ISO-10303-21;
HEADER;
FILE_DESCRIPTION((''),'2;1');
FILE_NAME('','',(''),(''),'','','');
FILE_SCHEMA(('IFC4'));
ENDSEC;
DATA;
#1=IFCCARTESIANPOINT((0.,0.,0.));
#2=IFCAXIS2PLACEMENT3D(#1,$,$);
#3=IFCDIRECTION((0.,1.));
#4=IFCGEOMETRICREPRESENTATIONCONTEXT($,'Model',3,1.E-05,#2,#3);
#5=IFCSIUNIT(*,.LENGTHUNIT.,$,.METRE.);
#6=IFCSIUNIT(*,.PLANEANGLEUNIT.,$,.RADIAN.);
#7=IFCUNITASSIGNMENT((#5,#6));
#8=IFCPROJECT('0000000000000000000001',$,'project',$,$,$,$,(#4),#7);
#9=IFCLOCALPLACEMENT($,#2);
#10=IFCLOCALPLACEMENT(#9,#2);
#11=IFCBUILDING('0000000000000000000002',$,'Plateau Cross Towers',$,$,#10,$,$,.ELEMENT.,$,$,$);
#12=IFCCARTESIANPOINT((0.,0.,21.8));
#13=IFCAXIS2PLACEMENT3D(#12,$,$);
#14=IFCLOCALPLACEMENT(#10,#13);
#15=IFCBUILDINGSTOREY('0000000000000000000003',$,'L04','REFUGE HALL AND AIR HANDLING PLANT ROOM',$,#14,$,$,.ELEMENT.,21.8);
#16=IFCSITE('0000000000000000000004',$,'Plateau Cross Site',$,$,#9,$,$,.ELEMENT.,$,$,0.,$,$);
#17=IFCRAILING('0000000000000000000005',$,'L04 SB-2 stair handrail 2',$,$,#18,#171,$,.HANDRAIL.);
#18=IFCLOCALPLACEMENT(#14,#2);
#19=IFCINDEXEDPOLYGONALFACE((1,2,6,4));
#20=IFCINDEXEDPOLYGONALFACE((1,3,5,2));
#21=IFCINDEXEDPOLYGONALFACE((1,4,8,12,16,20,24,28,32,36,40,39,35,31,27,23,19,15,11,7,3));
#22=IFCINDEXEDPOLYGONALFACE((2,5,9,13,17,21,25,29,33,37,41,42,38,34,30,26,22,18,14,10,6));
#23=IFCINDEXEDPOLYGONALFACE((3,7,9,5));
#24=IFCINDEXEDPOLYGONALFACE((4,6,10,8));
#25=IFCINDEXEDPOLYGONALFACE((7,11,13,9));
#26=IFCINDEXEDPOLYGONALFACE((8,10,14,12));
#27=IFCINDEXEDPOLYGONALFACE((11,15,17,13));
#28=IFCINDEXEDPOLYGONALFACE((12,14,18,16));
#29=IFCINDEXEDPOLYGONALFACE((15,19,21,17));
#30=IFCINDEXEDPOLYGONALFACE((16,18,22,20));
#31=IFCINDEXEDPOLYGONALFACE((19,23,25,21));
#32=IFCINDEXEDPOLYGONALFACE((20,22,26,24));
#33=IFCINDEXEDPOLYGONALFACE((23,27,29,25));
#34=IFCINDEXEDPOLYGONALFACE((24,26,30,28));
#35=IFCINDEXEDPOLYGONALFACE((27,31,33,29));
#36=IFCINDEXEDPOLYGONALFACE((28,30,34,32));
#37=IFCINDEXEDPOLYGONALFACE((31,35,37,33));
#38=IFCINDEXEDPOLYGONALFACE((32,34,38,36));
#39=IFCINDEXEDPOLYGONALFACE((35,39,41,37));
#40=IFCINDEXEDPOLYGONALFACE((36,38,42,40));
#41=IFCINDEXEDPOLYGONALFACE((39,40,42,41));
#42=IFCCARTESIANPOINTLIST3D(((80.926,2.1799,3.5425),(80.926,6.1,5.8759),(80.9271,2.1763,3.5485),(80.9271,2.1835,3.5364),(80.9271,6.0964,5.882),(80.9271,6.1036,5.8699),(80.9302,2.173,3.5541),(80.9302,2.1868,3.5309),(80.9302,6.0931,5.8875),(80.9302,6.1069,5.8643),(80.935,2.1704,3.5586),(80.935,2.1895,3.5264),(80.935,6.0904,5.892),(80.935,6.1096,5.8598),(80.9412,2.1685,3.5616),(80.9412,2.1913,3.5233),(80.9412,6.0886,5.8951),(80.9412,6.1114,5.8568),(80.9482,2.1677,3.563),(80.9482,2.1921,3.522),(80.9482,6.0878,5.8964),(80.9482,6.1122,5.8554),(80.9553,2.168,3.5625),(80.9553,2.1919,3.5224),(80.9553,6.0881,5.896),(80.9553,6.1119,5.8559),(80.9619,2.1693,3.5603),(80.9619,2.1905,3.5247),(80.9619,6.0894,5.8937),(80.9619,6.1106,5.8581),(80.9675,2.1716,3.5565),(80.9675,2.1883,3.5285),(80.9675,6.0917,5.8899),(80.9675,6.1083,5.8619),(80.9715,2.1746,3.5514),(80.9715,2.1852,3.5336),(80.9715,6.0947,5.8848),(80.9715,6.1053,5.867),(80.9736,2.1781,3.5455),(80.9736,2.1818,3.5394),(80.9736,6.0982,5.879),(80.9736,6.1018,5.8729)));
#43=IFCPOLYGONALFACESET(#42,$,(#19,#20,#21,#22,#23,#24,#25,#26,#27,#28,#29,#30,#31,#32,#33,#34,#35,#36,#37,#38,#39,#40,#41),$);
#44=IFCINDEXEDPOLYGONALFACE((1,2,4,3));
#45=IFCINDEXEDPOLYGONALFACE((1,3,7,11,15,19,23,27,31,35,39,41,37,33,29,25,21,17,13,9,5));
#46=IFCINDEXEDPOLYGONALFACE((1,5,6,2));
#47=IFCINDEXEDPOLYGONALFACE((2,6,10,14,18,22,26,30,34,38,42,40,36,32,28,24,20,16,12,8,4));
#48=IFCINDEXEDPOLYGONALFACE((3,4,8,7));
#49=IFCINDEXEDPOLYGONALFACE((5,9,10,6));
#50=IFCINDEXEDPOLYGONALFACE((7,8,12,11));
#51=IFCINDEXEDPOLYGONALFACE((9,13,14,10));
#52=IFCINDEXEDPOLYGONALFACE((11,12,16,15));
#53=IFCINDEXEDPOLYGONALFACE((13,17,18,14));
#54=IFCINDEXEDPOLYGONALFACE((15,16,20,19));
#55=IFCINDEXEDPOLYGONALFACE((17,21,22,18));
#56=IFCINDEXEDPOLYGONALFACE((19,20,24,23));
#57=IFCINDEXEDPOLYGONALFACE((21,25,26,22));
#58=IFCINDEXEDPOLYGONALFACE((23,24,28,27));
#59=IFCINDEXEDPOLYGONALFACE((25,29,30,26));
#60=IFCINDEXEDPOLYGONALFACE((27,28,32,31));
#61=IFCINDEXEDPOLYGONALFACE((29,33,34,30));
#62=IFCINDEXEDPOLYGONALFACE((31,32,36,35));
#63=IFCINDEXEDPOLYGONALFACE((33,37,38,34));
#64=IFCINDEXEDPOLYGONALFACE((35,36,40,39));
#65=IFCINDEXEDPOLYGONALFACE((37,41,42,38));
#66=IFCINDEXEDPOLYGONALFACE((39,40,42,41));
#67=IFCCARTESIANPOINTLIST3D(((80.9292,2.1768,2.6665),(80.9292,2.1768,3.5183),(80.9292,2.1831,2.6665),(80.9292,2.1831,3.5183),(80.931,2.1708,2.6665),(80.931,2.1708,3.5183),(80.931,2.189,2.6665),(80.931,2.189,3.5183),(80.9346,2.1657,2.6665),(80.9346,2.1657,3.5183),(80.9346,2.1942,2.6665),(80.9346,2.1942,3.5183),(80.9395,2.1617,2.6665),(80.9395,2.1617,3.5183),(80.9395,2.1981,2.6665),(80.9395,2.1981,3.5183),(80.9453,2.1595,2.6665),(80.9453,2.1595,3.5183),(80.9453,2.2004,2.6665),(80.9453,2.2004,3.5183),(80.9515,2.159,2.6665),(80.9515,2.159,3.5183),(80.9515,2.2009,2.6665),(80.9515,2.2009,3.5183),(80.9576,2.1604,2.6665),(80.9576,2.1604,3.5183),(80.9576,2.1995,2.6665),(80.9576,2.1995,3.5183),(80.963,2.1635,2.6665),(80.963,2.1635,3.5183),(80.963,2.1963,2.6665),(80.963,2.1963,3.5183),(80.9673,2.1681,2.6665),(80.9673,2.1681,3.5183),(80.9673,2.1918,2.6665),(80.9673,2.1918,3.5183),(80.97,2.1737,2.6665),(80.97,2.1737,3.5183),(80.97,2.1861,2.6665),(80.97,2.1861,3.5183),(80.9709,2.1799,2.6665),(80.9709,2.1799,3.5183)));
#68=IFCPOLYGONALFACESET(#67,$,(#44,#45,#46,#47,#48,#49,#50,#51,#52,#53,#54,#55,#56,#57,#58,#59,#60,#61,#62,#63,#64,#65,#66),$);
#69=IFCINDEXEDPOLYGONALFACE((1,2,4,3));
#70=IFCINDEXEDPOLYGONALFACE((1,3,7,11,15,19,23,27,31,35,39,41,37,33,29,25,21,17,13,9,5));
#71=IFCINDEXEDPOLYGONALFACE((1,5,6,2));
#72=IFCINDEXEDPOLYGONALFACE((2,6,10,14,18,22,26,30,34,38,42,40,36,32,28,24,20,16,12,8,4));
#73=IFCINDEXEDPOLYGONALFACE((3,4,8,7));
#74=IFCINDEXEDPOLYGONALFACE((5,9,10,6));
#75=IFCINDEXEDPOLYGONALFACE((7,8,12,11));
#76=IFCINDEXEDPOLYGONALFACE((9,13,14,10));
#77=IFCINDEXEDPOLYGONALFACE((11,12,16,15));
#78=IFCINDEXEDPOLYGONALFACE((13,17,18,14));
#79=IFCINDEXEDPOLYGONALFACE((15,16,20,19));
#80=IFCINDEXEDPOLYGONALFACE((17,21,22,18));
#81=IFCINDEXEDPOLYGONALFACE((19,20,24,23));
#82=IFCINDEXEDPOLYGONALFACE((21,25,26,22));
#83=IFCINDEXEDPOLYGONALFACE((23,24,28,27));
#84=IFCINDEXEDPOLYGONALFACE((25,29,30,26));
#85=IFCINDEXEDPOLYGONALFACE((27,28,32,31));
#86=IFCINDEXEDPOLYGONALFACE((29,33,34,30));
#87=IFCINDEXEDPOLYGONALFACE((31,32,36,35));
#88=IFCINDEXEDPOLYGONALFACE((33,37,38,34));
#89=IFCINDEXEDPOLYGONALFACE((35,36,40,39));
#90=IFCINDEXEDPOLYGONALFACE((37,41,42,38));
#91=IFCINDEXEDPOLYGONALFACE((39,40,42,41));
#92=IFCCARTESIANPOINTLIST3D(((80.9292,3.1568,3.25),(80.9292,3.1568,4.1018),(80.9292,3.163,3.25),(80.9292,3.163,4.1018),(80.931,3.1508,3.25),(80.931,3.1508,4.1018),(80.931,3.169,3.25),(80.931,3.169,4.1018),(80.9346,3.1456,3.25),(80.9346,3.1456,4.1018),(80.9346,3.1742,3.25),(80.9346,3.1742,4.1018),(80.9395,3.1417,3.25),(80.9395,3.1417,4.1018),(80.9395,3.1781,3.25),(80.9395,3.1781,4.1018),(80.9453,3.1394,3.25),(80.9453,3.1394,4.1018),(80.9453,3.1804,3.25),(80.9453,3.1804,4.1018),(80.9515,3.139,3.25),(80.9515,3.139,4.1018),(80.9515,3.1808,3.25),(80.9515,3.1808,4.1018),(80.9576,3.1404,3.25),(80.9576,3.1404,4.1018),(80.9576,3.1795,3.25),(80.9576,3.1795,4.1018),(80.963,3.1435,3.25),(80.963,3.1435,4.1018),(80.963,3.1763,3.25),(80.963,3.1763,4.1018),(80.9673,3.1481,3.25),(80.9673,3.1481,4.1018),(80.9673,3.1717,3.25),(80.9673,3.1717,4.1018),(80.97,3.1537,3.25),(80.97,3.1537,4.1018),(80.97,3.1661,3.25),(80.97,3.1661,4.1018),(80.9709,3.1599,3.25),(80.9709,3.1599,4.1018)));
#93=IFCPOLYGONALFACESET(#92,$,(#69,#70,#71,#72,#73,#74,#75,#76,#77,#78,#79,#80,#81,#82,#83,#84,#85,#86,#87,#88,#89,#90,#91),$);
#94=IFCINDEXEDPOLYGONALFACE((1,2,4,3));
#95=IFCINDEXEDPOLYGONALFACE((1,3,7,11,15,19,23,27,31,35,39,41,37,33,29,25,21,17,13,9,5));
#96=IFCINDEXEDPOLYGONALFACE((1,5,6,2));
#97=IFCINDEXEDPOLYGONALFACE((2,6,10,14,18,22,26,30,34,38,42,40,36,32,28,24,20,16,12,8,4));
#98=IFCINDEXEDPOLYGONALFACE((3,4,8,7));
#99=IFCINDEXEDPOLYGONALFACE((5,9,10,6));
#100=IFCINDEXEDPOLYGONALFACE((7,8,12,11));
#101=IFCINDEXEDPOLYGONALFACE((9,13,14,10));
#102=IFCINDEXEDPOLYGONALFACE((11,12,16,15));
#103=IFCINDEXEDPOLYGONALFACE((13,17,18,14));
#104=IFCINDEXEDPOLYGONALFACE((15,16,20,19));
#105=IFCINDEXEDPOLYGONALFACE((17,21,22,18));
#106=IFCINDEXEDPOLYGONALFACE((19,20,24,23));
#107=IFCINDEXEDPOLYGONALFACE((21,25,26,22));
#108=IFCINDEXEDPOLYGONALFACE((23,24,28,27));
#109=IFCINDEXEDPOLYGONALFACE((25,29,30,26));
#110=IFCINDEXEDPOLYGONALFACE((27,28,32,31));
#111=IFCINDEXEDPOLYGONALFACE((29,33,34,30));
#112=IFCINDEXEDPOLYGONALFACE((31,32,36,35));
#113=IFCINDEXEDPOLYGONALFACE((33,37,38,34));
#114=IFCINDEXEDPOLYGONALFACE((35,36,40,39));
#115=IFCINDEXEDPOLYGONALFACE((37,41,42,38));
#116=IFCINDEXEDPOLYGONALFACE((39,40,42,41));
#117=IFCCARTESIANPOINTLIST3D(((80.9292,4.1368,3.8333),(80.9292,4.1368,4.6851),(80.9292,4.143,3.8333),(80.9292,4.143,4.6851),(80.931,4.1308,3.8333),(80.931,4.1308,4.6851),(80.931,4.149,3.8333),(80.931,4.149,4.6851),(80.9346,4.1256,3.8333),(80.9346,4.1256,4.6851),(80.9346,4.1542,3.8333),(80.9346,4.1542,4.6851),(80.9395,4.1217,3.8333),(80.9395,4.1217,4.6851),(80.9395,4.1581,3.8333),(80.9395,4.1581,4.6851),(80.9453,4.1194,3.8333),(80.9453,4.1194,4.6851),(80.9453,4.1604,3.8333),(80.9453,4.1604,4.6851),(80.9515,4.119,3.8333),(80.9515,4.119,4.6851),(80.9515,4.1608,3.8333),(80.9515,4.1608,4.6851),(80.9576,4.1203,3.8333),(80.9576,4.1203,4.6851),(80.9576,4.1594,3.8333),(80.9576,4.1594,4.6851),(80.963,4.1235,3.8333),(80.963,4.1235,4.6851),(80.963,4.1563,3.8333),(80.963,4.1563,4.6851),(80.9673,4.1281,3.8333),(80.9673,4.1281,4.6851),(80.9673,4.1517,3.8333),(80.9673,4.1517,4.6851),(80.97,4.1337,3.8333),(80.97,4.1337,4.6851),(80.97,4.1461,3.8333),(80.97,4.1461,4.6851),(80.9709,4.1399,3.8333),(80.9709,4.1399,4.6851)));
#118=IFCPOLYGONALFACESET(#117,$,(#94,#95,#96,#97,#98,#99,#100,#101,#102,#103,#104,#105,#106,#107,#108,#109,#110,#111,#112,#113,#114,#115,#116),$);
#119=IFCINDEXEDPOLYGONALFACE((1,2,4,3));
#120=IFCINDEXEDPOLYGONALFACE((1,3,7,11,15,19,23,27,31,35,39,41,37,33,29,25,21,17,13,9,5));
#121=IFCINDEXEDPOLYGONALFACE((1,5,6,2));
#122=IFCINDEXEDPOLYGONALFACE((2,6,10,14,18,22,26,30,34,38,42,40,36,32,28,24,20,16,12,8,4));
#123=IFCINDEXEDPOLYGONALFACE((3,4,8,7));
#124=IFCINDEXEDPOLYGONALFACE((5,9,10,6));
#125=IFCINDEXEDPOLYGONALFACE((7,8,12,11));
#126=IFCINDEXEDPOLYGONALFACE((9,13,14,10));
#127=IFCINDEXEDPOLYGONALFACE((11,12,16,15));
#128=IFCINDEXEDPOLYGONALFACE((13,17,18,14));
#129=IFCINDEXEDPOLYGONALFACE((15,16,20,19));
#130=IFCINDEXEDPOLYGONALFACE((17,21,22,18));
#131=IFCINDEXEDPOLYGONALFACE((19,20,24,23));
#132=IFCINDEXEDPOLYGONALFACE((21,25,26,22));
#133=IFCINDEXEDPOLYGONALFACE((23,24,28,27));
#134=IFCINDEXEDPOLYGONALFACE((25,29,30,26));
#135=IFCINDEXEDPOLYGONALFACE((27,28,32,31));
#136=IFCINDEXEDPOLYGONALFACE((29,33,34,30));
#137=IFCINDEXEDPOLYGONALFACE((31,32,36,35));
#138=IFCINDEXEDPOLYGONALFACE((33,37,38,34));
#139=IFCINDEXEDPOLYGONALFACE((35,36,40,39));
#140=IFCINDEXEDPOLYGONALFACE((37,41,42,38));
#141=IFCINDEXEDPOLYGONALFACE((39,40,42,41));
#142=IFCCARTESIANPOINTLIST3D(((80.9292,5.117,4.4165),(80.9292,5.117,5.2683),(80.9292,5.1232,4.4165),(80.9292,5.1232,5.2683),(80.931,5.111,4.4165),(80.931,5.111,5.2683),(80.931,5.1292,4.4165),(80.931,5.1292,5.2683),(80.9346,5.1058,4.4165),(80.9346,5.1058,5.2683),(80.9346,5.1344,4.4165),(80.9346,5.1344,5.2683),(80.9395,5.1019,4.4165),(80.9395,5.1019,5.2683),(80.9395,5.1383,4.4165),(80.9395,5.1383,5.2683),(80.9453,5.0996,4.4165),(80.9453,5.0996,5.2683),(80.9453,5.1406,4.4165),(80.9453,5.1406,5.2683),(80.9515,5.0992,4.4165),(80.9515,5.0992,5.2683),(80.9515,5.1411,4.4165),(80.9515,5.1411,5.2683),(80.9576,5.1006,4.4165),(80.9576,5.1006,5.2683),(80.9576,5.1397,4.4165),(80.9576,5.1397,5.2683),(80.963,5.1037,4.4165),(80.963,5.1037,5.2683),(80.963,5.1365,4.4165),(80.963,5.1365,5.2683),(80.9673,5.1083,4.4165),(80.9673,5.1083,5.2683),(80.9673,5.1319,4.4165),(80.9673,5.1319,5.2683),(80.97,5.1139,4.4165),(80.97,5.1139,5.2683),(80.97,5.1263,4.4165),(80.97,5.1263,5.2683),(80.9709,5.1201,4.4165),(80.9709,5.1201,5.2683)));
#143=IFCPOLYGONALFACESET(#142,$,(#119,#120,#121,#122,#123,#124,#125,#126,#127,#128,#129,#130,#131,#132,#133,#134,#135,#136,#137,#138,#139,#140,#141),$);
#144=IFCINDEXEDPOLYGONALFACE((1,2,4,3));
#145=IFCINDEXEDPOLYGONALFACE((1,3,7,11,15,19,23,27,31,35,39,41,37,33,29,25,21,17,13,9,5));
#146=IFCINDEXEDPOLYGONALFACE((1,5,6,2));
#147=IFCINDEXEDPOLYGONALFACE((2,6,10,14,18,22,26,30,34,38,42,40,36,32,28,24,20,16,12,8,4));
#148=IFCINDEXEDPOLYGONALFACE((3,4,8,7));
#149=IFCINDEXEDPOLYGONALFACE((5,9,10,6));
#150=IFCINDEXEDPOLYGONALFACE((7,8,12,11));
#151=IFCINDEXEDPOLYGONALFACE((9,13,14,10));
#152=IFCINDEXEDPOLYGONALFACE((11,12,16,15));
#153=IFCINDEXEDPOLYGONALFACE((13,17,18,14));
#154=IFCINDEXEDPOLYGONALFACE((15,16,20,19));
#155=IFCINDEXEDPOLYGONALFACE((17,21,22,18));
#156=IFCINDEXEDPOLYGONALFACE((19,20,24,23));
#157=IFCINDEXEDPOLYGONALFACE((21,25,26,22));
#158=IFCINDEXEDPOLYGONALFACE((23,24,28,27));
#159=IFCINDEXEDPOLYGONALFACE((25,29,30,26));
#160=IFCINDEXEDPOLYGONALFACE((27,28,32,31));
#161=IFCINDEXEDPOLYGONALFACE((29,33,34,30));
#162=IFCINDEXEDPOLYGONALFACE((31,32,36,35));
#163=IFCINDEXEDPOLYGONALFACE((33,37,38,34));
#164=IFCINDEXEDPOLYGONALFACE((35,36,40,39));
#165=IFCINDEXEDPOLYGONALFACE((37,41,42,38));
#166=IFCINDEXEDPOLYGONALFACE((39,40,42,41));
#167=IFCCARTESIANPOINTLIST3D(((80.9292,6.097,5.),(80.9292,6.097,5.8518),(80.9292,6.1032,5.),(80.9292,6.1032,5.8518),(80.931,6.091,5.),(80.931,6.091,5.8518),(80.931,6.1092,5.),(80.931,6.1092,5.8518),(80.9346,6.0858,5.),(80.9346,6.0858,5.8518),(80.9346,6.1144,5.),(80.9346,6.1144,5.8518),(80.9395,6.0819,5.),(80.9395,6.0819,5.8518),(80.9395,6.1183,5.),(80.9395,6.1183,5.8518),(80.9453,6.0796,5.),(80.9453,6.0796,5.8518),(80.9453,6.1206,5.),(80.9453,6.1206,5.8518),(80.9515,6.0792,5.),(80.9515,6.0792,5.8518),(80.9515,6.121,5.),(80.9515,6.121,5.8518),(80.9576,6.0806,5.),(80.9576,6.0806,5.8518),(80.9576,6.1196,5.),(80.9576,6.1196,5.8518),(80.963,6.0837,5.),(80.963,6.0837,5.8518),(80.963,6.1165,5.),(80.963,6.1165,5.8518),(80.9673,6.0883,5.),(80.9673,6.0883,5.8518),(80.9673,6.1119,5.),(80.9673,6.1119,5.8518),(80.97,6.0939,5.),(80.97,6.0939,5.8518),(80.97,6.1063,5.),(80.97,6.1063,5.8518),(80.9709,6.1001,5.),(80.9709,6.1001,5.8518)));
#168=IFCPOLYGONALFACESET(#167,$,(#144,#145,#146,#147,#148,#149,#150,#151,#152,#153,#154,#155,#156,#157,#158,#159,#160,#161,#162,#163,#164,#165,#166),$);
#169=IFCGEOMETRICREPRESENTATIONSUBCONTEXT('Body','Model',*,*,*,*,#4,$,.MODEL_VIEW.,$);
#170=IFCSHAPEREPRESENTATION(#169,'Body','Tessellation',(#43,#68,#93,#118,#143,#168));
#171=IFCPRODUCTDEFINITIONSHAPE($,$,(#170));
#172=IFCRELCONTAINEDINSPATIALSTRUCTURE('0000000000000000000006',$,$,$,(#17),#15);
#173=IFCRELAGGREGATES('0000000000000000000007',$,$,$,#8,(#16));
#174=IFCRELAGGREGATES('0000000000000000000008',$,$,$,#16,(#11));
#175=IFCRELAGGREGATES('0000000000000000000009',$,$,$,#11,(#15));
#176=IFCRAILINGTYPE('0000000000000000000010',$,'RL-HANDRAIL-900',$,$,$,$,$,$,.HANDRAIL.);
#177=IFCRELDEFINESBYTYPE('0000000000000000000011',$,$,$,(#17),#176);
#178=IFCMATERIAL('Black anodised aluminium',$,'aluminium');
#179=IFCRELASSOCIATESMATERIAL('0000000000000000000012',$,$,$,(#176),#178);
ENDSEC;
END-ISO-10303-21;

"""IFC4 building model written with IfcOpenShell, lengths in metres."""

from ifc_helpers import new_model, si_unit, direction, frame, origin, origin_2d, place, context, subcontext, project, spatial, circle, extrude, material, type_object, element, save


model = new_model("IFC4")

# Units and contexts
model_context = context("Model", 3, precision=1e-05, world=origin(), true_north=direction((0.0, 1.0)))
body_context = subcontext(model_context, "Body", "Model", "MODEL_VIEW")
ifc_project = project(units=[si_unit("LENGTHUNIT", "METRE"), si_unit("PLANEANGLEUNIT", "RADIAN")], contexts=[model_context])

# Site, building, storey
site_placement = place(None, origin())
site = spatial("IfcSite", under=ifc_project, at=site_placement, Name="Plateau Cross Site", CompositionType="ELEMENT", RefElevation=0.0)
building_placement = place(site_placement, origin())
building = spatial("IfcBuilding", under=site, at=building_placement, Name="Plateau Cross Towers", CompositionType="ELEMENT")
storey_placement = place(building_placement, frame((0.0, 0.0, 21.8)))
storey = spatial("IfcBuildingStorey", under=building, at=storey_placement, Name="L04", Description="REFUGE HALL AND AIR HANDLING PLANT ROOM", CompositionType="ELEMENT", Elevation=21.8)

# Railing
ifc_material_1 = material(Name="Black anodised aluminium", Category="aluminium")
railing_type_1 = type_object("IfcRailingType", Name="RL-HANDRAIL-900", PredefinedType="HANDRAIL", material=ifc_material_1)
railing_1_placement = place(storey_placement, frame((80.95, 2.1799, 2.6665)))
element("IfcRailing", 1, at=railing_1_placement, inside=storey, type_object=railing_type_1, Name="L04 SB-2 stair handrail 2", PredefinedType="HANDRAIL", context=body_context, shape_type="SweptSolid", body=[
    extrude(circle(Radius=0.0239, at=origin_2d()), frame((0.0, 0.0, 0.876), z_axis=(0.0, 0.859287, 0.511494), x_axis=(-1.0, 0.0, 0.0)), (0.0, 0.0, 1.0), 4.562),
    extrude(circle(Radius=0.021, at=origin_2d()), origin(), (0.0, 0.0, 1.0), 0.8518),
    extrude(circle(Radius=0.021, at=origin_2d()), frame((0.0, 0.98, 0.5835)), (0.0, 0.0, 1.0), 0.8518),
    extrude(circle(Radius=0.021, at=origin_2d()), frame((0.0, 1.96, 1.1667)), (0.0, 0.0, 1.0), 0.8518),
    extrude(circle(Radius=0.021, at=origin_2d()), frame((0.0, 2.9402, 1.75)), (0.0, 0.0, 1.0), 0.8518),
    extrude(circle(Radius=0.021, at=origin_2d()), frame((0.0, 3.9202, 2.3335)), (0.0, 0.0, 1.0), 0.8518),
])

save(model, "model.ifc")
